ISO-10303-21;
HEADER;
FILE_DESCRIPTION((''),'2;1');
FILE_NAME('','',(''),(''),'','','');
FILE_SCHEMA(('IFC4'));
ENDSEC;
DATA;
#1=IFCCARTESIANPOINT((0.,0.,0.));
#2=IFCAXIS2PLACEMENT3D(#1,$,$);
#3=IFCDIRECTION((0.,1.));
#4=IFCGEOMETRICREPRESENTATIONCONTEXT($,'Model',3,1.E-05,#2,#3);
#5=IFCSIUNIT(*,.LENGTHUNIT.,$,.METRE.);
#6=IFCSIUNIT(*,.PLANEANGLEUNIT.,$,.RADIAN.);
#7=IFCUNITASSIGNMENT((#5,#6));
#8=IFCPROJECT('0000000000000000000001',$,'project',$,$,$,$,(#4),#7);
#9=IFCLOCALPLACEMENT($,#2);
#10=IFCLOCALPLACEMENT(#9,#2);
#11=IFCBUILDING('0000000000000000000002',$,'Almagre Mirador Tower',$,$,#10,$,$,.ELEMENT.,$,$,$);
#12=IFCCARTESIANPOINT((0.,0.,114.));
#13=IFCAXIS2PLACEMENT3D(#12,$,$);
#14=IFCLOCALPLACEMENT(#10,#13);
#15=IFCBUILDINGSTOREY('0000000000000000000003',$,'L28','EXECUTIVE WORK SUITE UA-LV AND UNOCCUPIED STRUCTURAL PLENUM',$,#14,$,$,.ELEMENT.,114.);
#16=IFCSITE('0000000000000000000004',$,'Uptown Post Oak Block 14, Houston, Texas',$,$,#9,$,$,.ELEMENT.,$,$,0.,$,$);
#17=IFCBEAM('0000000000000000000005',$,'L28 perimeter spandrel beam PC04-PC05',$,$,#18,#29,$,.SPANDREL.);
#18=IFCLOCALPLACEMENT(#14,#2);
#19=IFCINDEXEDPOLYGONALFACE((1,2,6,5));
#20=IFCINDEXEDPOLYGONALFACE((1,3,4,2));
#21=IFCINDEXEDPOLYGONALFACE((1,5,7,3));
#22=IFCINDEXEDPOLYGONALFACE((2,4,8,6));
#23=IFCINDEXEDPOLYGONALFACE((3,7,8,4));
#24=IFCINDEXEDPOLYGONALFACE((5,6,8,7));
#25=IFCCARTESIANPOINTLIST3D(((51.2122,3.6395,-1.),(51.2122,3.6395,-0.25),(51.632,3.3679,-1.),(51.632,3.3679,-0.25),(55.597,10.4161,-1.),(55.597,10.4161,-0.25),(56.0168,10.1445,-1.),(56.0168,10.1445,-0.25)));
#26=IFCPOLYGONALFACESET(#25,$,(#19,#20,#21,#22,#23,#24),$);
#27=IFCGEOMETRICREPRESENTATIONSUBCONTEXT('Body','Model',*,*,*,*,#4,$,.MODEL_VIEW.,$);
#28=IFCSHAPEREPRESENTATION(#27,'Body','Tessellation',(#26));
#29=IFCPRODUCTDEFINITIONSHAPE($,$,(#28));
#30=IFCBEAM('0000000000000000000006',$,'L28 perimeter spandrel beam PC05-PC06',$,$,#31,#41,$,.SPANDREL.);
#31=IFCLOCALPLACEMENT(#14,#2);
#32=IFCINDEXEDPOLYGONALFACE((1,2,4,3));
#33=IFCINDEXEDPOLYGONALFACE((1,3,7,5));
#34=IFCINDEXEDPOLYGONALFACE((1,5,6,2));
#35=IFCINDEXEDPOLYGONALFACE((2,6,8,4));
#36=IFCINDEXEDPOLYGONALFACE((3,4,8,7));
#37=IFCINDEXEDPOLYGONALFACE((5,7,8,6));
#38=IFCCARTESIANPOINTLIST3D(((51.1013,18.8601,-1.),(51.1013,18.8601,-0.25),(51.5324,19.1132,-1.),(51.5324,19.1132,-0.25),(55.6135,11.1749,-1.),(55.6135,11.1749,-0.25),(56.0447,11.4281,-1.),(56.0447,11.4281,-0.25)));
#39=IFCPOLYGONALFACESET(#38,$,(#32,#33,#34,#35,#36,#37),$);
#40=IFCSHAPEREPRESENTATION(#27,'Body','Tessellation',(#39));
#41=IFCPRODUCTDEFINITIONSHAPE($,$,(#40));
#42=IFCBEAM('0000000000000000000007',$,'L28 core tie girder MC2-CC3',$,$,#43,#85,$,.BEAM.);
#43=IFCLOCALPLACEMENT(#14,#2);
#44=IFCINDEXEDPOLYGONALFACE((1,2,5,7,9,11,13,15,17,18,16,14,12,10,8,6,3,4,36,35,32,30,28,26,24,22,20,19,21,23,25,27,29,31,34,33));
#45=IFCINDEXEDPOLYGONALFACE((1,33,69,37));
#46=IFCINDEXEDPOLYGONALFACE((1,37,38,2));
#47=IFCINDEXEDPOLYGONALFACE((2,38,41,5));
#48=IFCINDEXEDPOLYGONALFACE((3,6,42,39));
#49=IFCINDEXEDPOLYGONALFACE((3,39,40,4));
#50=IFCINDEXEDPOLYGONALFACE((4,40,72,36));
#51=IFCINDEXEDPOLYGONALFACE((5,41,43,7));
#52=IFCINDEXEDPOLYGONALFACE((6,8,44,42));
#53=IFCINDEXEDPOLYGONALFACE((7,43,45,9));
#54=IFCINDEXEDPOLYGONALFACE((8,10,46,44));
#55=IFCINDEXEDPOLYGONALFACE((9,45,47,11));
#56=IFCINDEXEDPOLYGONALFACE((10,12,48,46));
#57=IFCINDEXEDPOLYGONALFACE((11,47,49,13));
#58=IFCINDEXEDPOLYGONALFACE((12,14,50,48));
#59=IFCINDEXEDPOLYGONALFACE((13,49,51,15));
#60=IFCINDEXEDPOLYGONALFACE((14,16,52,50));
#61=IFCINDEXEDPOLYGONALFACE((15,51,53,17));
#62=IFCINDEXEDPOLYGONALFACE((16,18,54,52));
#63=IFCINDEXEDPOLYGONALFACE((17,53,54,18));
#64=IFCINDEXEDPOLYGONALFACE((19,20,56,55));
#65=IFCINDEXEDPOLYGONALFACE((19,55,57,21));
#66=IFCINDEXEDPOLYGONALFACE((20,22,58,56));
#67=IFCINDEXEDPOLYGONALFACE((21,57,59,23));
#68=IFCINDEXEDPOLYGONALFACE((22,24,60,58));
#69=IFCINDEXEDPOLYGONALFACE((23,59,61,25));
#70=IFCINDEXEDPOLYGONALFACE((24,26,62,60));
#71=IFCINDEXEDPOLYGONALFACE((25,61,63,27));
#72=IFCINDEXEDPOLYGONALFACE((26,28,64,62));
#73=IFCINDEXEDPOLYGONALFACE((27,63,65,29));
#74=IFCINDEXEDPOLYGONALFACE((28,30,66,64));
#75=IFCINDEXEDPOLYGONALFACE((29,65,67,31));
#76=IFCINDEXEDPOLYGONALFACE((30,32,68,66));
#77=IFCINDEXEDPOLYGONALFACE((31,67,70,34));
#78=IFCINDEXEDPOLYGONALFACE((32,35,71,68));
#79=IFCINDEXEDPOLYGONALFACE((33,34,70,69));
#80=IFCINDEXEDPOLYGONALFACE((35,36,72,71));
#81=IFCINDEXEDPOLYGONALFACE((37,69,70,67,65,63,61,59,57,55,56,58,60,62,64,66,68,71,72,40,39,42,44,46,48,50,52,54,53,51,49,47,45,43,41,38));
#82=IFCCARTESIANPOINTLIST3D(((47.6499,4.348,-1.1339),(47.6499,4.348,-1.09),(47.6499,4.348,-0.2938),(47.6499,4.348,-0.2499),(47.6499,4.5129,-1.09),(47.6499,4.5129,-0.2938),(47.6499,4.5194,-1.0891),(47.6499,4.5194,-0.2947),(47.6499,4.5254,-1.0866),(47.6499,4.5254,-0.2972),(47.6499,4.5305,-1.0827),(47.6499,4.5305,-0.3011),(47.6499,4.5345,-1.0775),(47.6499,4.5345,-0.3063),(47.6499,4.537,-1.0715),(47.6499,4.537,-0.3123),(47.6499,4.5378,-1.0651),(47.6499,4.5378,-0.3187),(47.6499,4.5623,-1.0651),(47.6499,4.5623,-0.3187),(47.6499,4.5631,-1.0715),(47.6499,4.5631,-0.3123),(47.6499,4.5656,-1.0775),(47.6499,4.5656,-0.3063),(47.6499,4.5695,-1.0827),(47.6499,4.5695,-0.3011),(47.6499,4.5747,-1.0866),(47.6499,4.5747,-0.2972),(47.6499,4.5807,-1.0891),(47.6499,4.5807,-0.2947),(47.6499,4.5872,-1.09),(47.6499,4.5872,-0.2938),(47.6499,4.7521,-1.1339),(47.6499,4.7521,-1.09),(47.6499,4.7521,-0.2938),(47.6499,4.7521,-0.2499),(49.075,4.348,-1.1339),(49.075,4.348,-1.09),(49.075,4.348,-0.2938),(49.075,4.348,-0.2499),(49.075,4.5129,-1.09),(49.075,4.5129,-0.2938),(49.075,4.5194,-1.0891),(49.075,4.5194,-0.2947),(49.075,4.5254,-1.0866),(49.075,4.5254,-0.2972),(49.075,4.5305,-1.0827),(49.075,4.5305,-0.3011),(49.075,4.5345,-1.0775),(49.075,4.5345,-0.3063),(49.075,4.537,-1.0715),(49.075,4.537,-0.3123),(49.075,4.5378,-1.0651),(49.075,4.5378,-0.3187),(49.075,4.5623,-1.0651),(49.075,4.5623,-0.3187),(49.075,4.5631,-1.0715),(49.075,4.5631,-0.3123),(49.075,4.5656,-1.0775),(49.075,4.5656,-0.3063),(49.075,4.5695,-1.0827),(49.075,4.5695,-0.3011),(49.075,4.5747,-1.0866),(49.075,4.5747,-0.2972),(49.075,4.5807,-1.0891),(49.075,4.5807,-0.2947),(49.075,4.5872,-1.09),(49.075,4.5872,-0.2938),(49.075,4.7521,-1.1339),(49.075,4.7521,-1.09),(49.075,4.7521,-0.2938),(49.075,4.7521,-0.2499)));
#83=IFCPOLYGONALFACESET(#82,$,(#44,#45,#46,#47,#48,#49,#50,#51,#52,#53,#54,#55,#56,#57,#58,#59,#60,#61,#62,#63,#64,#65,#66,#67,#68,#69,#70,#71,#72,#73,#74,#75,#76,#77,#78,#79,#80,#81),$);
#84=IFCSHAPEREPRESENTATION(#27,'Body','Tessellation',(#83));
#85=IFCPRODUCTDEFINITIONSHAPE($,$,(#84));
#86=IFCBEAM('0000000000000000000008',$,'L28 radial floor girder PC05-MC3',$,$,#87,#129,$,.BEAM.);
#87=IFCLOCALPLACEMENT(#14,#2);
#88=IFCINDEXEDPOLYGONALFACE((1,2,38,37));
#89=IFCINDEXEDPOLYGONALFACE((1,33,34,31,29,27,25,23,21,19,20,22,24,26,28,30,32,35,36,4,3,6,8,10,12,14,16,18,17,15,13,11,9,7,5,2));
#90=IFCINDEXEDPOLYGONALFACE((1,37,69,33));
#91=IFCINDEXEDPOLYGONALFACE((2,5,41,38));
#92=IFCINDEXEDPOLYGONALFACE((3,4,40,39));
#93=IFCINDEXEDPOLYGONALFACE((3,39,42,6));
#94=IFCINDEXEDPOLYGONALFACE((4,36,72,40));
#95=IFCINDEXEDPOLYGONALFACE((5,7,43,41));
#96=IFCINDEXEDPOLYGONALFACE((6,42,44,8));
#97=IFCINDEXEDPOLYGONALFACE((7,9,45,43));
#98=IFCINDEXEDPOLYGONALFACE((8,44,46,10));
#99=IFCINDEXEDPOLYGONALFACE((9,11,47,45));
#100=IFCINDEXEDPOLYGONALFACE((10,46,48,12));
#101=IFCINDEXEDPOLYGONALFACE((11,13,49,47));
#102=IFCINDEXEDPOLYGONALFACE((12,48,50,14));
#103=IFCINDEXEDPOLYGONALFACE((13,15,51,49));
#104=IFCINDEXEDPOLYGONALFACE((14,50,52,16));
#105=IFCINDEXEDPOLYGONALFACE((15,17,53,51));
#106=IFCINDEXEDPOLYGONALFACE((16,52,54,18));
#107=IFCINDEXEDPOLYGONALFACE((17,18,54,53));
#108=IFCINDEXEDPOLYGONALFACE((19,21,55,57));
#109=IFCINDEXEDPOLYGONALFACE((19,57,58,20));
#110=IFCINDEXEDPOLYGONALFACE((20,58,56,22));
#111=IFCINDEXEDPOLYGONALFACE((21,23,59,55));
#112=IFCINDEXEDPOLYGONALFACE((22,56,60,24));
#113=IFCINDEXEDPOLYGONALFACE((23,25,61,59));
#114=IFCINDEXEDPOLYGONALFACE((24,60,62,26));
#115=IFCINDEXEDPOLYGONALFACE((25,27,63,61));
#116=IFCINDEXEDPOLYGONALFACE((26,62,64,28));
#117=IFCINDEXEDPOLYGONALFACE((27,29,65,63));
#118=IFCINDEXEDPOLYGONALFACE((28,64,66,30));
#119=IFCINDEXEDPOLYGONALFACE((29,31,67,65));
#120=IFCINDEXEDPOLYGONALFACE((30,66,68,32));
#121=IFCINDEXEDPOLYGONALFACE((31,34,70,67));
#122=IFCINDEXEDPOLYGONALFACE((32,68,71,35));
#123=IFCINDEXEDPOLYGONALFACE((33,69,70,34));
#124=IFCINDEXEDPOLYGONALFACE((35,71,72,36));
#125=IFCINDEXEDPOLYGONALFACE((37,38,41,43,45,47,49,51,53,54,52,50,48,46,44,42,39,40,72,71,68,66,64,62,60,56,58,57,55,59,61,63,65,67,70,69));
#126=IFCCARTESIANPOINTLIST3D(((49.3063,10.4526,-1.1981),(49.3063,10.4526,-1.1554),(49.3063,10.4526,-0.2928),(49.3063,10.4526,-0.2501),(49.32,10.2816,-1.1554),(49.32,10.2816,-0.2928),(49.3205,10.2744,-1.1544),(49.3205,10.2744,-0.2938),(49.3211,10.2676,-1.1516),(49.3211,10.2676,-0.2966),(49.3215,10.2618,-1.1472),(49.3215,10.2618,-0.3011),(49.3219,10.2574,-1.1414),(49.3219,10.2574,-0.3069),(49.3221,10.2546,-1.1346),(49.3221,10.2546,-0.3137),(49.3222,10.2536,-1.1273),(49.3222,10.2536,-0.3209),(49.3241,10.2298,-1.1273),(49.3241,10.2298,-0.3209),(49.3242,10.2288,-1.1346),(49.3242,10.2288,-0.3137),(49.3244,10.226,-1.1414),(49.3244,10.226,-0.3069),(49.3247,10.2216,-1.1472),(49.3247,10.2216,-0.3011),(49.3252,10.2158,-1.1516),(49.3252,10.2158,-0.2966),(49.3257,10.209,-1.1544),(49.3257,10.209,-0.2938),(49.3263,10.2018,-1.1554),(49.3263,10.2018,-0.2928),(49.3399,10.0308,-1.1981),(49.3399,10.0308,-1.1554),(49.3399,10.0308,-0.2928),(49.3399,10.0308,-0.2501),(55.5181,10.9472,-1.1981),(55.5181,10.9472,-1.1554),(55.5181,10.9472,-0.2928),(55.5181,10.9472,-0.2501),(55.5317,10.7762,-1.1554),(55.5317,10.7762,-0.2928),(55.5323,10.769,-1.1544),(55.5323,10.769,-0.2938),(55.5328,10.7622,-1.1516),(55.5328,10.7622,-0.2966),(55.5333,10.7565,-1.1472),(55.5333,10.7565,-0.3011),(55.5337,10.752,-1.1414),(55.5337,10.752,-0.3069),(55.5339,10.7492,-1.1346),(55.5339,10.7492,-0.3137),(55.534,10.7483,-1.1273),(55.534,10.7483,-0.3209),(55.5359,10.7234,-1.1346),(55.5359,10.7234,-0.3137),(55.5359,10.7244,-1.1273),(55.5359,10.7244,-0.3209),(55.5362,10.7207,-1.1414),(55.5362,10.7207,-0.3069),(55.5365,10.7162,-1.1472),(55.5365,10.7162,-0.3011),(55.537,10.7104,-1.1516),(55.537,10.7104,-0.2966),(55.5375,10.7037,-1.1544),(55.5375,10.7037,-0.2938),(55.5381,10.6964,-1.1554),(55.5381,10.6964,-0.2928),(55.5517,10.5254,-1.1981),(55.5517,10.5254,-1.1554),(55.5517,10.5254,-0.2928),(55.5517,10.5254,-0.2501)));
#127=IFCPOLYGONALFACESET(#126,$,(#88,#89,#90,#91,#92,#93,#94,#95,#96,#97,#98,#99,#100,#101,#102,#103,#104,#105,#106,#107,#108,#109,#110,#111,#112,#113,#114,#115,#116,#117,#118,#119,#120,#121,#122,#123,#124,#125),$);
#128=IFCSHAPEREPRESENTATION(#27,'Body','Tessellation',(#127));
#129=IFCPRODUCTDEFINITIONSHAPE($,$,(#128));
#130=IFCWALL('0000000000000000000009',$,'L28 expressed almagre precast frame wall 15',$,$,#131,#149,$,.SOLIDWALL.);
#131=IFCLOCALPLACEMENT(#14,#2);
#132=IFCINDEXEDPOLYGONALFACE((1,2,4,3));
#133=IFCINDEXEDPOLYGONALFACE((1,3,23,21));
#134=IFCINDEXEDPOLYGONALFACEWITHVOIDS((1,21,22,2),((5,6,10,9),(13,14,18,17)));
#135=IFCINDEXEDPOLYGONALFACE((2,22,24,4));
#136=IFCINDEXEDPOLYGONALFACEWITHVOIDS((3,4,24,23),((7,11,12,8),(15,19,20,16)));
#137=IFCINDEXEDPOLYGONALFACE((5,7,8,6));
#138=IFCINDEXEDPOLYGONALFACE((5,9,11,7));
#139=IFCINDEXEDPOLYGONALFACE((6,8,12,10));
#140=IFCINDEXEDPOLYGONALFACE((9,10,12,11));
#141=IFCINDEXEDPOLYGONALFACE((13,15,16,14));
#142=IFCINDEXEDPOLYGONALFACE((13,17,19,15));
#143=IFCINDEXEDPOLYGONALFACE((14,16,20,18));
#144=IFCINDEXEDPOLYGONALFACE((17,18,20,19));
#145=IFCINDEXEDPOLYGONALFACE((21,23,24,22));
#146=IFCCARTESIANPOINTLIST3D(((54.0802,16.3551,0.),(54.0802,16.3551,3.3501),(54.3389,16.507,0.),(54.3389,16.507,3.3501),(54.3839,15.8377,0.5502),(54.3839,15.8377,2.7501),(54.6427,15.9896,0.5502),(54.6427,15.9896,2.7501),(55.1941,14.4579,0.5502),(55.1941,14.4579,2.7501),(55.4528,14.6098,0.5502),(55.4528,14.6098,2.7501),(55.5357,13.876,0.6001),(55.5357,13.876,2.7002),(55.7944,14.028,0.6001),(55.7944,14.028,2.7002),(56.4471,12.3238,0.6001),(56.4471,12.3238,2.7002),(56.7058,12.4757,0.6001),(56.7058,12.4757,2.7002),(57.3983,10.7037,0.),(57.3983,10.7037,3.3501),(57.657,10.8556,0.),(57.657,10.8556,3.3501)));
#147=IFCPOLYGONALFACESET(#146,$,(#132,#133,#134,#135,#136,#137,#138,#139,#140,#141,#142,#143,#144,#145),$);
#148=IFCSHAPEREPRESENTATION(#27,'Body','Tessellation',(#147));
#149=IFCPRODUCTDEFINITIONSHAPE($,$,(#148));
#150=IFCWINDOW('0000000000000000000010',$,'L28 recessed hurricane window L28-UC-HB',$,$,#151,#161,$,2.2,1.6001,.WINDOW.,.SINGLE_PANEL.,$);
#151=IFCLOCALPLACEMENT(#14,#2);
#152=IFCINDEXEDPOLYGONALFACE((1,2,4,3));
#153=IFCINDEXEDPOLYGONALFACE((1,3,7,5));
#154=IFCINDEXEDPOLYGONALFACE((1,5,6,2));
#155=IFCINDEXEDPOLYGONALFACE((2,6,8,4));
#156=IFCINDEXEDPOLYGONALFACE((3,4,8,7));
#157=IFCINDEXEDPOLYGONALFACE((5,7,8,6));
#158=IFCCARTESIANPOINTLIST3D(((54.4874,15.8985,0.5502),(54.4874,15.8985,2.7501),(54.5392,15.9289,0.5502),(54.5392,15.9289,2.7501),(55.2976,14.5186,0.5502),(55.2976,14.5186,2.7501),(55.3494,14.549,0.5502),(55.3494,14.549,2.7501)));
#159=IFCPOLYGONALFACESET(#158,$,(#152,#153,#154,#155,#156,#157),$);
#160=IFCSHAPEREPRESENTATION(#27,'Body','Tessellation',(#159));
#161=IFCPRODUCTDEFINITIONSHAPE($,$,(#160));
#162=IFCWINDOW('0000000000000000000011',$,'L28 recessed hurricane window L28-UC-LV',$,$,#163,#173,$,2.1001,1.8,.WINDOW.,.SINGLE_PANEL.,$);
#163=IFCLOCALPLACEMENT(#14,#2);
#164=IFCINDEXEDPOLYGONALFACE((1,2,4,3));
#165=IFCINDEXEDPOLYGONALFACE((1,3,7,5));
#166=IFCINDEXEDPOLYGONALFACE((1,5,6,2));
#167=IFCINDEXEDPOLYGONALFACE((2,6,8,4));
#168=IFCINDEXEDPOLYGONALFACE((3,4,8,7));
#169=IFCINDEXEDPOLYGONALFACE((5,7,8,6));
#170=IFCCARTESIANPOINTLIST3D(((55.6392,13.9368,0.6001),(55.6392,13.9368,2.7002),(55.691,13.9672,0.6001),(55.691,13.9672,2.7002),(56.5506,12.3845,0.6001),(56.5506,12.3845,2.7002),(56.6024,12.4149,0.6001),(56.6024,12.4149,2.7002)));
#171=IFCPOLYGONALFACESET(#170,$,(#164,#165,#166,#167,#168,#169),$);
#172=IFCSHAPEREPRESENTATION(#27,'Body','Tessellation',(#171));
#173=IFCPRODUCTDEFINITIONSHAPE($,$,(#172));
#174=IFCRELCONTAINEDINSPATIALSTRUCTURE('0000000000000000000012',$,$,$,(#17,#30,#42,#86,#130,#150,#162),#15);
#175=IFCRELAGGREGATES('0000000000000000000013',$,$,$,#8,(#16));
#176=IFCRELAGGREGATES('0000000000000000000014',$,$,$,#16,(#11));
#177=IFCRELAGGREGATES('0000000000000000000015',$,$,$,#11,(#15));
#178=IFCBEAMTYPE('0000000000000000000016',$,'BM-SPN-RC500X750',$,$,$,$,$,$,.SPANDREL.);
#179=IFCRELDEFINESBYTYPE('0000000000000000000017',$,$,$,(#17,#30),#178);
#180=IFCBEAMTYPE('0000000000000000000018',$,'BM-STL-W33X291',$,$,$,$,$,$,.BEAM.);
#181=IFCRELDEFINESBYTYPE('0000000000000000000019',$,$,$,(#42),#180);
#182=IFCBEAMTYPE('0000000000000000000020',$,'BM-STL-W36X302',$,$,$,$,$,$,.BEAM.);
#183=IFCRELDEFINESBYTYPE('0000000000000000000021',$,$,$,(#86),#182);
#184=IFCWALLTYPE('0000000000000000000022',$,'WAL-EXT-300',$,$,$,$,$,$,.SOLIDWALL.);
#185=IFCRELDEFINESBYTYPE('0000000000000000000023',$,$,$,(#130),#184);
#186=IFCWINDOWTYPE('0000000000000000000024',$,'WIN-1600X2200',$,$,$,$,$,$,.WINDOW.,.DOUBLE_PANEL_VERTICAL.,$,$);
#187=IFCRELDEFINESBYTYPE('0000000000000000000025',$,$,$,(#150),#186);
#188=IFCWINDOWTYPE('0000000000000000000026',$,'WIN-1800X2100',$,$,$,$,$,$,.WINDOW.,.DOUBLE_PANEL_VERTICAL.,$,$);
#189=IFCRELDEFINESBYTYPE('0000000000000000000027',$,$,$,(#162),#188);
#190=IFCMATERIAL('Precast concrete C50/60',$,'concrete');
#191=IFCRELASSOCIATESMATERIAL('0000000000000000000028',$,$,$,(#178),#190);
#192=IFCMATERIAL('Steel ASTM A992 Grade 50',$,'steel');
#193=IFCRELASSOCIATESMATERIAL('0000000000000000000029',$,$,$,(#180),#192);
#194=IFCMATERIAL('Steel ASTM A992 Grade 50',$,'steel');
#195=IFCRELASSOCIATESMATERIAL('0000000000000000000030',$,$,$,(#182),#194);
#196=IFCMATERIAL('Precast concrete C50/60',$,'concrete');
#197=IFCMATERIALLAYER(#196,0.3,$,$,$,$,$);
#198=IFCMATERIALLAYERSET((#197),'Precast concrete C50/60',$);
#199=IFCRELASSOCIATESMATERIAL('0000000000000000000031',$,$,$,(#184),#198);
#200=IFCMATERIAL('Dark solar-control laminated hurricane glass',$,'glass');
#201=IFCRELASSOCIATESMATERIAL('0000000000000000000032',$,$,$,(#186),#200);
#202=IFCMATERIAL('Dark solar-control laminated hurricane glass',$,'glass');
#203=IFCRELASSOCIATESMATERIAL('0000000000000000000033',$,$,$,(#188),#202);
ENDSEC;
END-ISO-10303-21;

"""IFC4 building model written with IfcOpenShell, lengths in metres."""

from ifc_helpers import new_model, si_unit, direction, frame, frame_2d, origin, origin_2d, place, context, subcontext, project, spatial, rectangle, i_section, extrude, material, layer, layer_set, material_profile, profile_set, type_object, element, fill, save


model = new_model("IFC4")

# Units and contexts
model_context = context("Model", 3, precision=1e-05, world=origin(), true_north=direction((0.0, 1.0)))
body_context = subcontext(model_context, "Body", "Model", "MODEL_VIEW")
ifc_project = project(units=[si_unit("LENGTHUNIT", "METRE"), si_unit("PLANEANGLEUNIT", "RADIAN")], contexts=[model_context])

# Site, building, storey
site_placement = place(None, origin())
site = spatial("IfcSite", under=ifc_project, at=site_placement, Name="Uptown Post Oak Block 14, Houston, Texas", CompositionType="ELEMENT", RefElevation=0.0)
building_placement = place(site_placement, origin())
building = spatial("IfcBuilding", under=site, at=building_placement, Name="Almagre Mirador Tower", CompositionType="ELEMENT")
storey_placement = place(building_placement, frame((0.0, 0.0, 114.0)))
storey = spatial("IfcBuildingStorey", under=building, at=storey_placement, Name="L28", Description="EXECUTIVE WORK SUITE UA-LV AND UNOCCUPIED STRUCTURAL PLENUM", CompositionType="ELEMENT", Elevation=114.0)

# Beams
ifc_material_1 = material(Name="Precast concrete C50/60", Category="concrete")
ifc_material_profile_1 = material_profile(ifc_material_1, rectangle(XDim=0.5, YDim=0.75, at=origin_2d()), Name="RC500X750")
ifc_profile_set_1 = profile_set([ifc_material_profile_1], Name="Precast concrete C50/60")
beam_type_1 = type_object("IfcBeamType", Name="BM-SPN-RC500X750", PredefinedType="SPANDREL", material=ifc_profile_set_1)
beam_1_placement = place(storey_placement, frame((51.4221, 3.5037, -0.625), z_axis=(0.543242, 0.839576, 0.0), x_axis=(-0.839576, 0.543242, 0.0)))
element("IfcBeam", 1, at=beam_1_placement, inside=storey, type_object=beam_type_1, Name="L28 perimeter spandrel beam PC04-PC05", PredefinedType="SPANDREL", context=body_context, shape_type="SweptSolid", body=[
    extrude(rectangle(XDim=0.5, YDim=0.75, at=origin_2d()), origin(), (0.0, 0.0, 1.0), 8.0715),
])
beam_2_placement = place(storey_placement, frame((55.8291, 11.3015, -0.625), z_axis=(-0.506318, 0.862347, 0.0), x_axis=(-0.862347, -0.506318, 0.0)))
element("IfcBeam", 2, at=beam_2_placement, inside=storey, type_object=beam_type_1, Name="L28 perimeter spandrel beam PC05-PC06", PredefinedType="SPANDREL", context=body_context, shape_type="SweptSolid", body=[
    extrude(rectangle(XDim=0.5, YDim=0.75, at=origin_2d()), origin(), (0.0, 0.0, 1.0), 8.9119),
])
ifc_material_2 = material(Name="Steel ASTM A992 Grade 50", Category="steel")
ifc_material_profile_2 = material_profile(ifc_material_2, i_section(OverallWidth=0.4041, OverallDepth=0.884, WebThickness=0.0244, FlangeThickness=0.0439, FilletRadius=0.0249, at=origin_2d()), Name="W33X291")
ifc_profile_set_2 = profile_set([ifc_material_profile_2], Name="Steel ASTM A992 Grade 50")
beam_type_2 = type_object("IfcBeamType", Name="BM-STL-W33X291", PredefinedType="BEAM", material=ifc_profile_set_2)
beam_3_placement = place(storey_placement, frame((49.075, 4.55, -0.6919), z_axis=(-1.0, 0.0, 0.0), x_axis=(0.0, -1.0, 0.0)))
element("IfcBeam", 3, at=beam_3_placement, inside=storey, type_object=beam_type_2, Name="L28 core tie girder MC2-CC3", PredefinedType="BEAM", context=body_context, shape_type="SweptSolid", body=[
    extrude(i_section(OverallWidth=0.4041, OverallDepth=0.884, WebThickness=0.0244, FlangeThickness=0.0439, FilletRadius=0.0249, at=origin_2d()), origin(), (0.0, 0.0, 1.0), 1.425),
])
ifc_material_3 = material(Name="Steel ASTM A992 Grade 50", Category="steel")
ifc_material_profile_3 = material_profile(ifc_material_3, i_section(OverallWidth=0.4231, OverallDepth=0.948, WebThickness=0.0239, FlangeThickness=0.0427, FilletRadius=0.0281, at=origin_2d()), Name="W36X302")
ifc_profile_set_3 = profile_set([ifc_material_profile_3], Name="Steel ASTM A992 Grade 50")
beam_type_3 = type_object("IfcBeamType", Name="BM-STL-W36X302", PredefinedType="BEAM", material=ifc_profile_set_3)
beam_4_placement = place(storey_placement, frame((55.5349, 10.7363, -0.7241), z_axis=(-0.996845, -0.079378, 0.0), x_axis=(0.079378, -0.996845, 0.0)))
element("IfcBeam", 4, at=beam_4_placement, inside=storey, type_object=beam_type_3, Name="L28 radial floor girder PC05-MC3", PredefinedType="BEAM", context=body_context, shape_type="SweptSolid", body=[
    extrude(i_section(OverallWidth=0.4231, OverallDepth=0.948, WebThickness=0.0239, FlangeThickness=0.0427, FilletRadius=0.0281, at=origin_2d()), origin(), (0.0, 0.0, 1.0), 6.2314),
])

# Wall, openings, windows
ifc_material_4 = material(Name="Precast concrete C50/60", Category="concrete")
ifc_layer = layer(ifc_material_4, 0.3)
ifc_layer_set = layer_set([ifc_layer], Name="Precast concrete C50/60")
wall_type = type_object("IfcWallType", Name="WAL-EXT-300", PredefinedType="SOLIDWALL", material=ifc_layer_set)
wall_1_placement = place(storey_placement, frame((54.2095, 16.4312, 0.0), z_axis=(0.0, 0.0, 1.0), x_axis=(0.506315, -0.862349, 0.0)))
wall_1 = element("IfcWall", 5, at=wall_1_placement, inside=storey, type_object=wall_type, Name="L28 expressed almagre precast frame wall 15", PredefinedType="SOLIDWALL", context=body_context, shape_type="SweptSolid", body=[
    extrude(rectangle(XDim=6.5535, YDim=0.3, at=frame_2d((3.2769, 0.0))), origin(), (0.0, 0.0, 1.0), 3.3501),
])
opening_1_placement = place(wall_1_placement, frame((2.875, 0.0, 0.6001)))
opening_1 = element("IfcOpeningElement", 6, at=opening_1_placement, cuts=wall_1, PredefinedType="OPENING", context=body_context, shape_type="SweptSolid", body=[
    extrude(rectangle(XDim=1.8, YDim=2.1001, at=frame_2d((0.8999, 1.05))), frame((0.0, 0.1599, 0.0), z_axis=(0.0, -1.0, 0.0), x_axis=(1.0, 0.0, 0.0)), (0.0, 0.0, 1.0), 0.32),
])
opening_2_placement = place(wall_1_placement, frame((0.6001, 0.0, 0.55)))
opening_2 = element("IfcOpeningElement", 7, at=opening_2_placement, cuts=wall_1, PredefinedType="OPENING", context=body_context, shape_type="SweptSolid", body=[
    extrude(rectangle(XDim=1.6001, YDim=2.2, at=frame_2d((0.8, 1.1001))), frame((0.0, 0.1599, 0.0), z_axis=(0.0, -1.0, 0.0), x_axis=(1.0, 0.0, 0.0)), (0.0, 0.0, 1.0), 0.32),
])
ifc_material_5 = material(Name="Dark solar-control laminated hurricane glass", Category="glass")
window_type_1 = type_object("IfcWindowType", Name="WIN-1600X2200", PartitioningType="DOUBLE_PANEL_VERTICAL", PredefinedType="WINDOW", material=ifc_material_5)
window_1_placement = place(opening_2_placement, origin())
window_1 = element("IfcWindow", 8, at=window_1_placement, inside=storey, type_object=window_type_1, Name="L28 recessed hurricane window L28-UC-HB", OverallHeight=2.2, OverallWidth=1.6001, PartitioningType="SINGLE_PANEL", PredefinedType="WINDOW", context=body_context, shape_type="SweptSolid", body=[
    extrude(rectangle(XDim=1.6001, YDim=2.2, at=frame_2d((0.8, 1.1001))), frame((0.0, 0.03, 0.0), z_axis=(0.0, -1.0, 0.0), x_axis=(1.0, 0.0, 0.0)), (0.0, 0.0, 1.0), 0.0601),
])
fill(opening_2, window_1)
ifc_material_6 = material(Name="Dark solar-control laminated hurricane glass", Category="glass")
window_type_2 = type_object("IfcWindowType", Name="WIN-1800X2100", PartitioningType="DOUBLE_PANEL_VERTICAL", PredefinedType="WINDOW", material=ifc_material_6)
window_2_placement = place(opening_1_placement, origin())
window_2 = element("IfcWindow", 9, at=window_2_placement, inside=storey, type_object=window_type_2, Name="L28 recessed hurricane window L28-UC-LV", OverallHeight=2.1001, OverallWidth=1.8, PartitioningType="SINGLE_PANEL", PredefinedType="WINDOW", context=body_context, shape_type="SweptSolid", body=[
    extrude(rectangle(XDim=1.8, YDim=2.1001, at=frame_2d((0.8999, 1.05))), frame((0.0, 0.03, 0.0), z_axis=(0.0, -1.0, 0.0), x_axis=(1.0, 0.0, 0.0)), (0.0, 0.0, 1.0), 0.0601),
])
fill(opening_1, window_2)

save(model, "model.ifc")
